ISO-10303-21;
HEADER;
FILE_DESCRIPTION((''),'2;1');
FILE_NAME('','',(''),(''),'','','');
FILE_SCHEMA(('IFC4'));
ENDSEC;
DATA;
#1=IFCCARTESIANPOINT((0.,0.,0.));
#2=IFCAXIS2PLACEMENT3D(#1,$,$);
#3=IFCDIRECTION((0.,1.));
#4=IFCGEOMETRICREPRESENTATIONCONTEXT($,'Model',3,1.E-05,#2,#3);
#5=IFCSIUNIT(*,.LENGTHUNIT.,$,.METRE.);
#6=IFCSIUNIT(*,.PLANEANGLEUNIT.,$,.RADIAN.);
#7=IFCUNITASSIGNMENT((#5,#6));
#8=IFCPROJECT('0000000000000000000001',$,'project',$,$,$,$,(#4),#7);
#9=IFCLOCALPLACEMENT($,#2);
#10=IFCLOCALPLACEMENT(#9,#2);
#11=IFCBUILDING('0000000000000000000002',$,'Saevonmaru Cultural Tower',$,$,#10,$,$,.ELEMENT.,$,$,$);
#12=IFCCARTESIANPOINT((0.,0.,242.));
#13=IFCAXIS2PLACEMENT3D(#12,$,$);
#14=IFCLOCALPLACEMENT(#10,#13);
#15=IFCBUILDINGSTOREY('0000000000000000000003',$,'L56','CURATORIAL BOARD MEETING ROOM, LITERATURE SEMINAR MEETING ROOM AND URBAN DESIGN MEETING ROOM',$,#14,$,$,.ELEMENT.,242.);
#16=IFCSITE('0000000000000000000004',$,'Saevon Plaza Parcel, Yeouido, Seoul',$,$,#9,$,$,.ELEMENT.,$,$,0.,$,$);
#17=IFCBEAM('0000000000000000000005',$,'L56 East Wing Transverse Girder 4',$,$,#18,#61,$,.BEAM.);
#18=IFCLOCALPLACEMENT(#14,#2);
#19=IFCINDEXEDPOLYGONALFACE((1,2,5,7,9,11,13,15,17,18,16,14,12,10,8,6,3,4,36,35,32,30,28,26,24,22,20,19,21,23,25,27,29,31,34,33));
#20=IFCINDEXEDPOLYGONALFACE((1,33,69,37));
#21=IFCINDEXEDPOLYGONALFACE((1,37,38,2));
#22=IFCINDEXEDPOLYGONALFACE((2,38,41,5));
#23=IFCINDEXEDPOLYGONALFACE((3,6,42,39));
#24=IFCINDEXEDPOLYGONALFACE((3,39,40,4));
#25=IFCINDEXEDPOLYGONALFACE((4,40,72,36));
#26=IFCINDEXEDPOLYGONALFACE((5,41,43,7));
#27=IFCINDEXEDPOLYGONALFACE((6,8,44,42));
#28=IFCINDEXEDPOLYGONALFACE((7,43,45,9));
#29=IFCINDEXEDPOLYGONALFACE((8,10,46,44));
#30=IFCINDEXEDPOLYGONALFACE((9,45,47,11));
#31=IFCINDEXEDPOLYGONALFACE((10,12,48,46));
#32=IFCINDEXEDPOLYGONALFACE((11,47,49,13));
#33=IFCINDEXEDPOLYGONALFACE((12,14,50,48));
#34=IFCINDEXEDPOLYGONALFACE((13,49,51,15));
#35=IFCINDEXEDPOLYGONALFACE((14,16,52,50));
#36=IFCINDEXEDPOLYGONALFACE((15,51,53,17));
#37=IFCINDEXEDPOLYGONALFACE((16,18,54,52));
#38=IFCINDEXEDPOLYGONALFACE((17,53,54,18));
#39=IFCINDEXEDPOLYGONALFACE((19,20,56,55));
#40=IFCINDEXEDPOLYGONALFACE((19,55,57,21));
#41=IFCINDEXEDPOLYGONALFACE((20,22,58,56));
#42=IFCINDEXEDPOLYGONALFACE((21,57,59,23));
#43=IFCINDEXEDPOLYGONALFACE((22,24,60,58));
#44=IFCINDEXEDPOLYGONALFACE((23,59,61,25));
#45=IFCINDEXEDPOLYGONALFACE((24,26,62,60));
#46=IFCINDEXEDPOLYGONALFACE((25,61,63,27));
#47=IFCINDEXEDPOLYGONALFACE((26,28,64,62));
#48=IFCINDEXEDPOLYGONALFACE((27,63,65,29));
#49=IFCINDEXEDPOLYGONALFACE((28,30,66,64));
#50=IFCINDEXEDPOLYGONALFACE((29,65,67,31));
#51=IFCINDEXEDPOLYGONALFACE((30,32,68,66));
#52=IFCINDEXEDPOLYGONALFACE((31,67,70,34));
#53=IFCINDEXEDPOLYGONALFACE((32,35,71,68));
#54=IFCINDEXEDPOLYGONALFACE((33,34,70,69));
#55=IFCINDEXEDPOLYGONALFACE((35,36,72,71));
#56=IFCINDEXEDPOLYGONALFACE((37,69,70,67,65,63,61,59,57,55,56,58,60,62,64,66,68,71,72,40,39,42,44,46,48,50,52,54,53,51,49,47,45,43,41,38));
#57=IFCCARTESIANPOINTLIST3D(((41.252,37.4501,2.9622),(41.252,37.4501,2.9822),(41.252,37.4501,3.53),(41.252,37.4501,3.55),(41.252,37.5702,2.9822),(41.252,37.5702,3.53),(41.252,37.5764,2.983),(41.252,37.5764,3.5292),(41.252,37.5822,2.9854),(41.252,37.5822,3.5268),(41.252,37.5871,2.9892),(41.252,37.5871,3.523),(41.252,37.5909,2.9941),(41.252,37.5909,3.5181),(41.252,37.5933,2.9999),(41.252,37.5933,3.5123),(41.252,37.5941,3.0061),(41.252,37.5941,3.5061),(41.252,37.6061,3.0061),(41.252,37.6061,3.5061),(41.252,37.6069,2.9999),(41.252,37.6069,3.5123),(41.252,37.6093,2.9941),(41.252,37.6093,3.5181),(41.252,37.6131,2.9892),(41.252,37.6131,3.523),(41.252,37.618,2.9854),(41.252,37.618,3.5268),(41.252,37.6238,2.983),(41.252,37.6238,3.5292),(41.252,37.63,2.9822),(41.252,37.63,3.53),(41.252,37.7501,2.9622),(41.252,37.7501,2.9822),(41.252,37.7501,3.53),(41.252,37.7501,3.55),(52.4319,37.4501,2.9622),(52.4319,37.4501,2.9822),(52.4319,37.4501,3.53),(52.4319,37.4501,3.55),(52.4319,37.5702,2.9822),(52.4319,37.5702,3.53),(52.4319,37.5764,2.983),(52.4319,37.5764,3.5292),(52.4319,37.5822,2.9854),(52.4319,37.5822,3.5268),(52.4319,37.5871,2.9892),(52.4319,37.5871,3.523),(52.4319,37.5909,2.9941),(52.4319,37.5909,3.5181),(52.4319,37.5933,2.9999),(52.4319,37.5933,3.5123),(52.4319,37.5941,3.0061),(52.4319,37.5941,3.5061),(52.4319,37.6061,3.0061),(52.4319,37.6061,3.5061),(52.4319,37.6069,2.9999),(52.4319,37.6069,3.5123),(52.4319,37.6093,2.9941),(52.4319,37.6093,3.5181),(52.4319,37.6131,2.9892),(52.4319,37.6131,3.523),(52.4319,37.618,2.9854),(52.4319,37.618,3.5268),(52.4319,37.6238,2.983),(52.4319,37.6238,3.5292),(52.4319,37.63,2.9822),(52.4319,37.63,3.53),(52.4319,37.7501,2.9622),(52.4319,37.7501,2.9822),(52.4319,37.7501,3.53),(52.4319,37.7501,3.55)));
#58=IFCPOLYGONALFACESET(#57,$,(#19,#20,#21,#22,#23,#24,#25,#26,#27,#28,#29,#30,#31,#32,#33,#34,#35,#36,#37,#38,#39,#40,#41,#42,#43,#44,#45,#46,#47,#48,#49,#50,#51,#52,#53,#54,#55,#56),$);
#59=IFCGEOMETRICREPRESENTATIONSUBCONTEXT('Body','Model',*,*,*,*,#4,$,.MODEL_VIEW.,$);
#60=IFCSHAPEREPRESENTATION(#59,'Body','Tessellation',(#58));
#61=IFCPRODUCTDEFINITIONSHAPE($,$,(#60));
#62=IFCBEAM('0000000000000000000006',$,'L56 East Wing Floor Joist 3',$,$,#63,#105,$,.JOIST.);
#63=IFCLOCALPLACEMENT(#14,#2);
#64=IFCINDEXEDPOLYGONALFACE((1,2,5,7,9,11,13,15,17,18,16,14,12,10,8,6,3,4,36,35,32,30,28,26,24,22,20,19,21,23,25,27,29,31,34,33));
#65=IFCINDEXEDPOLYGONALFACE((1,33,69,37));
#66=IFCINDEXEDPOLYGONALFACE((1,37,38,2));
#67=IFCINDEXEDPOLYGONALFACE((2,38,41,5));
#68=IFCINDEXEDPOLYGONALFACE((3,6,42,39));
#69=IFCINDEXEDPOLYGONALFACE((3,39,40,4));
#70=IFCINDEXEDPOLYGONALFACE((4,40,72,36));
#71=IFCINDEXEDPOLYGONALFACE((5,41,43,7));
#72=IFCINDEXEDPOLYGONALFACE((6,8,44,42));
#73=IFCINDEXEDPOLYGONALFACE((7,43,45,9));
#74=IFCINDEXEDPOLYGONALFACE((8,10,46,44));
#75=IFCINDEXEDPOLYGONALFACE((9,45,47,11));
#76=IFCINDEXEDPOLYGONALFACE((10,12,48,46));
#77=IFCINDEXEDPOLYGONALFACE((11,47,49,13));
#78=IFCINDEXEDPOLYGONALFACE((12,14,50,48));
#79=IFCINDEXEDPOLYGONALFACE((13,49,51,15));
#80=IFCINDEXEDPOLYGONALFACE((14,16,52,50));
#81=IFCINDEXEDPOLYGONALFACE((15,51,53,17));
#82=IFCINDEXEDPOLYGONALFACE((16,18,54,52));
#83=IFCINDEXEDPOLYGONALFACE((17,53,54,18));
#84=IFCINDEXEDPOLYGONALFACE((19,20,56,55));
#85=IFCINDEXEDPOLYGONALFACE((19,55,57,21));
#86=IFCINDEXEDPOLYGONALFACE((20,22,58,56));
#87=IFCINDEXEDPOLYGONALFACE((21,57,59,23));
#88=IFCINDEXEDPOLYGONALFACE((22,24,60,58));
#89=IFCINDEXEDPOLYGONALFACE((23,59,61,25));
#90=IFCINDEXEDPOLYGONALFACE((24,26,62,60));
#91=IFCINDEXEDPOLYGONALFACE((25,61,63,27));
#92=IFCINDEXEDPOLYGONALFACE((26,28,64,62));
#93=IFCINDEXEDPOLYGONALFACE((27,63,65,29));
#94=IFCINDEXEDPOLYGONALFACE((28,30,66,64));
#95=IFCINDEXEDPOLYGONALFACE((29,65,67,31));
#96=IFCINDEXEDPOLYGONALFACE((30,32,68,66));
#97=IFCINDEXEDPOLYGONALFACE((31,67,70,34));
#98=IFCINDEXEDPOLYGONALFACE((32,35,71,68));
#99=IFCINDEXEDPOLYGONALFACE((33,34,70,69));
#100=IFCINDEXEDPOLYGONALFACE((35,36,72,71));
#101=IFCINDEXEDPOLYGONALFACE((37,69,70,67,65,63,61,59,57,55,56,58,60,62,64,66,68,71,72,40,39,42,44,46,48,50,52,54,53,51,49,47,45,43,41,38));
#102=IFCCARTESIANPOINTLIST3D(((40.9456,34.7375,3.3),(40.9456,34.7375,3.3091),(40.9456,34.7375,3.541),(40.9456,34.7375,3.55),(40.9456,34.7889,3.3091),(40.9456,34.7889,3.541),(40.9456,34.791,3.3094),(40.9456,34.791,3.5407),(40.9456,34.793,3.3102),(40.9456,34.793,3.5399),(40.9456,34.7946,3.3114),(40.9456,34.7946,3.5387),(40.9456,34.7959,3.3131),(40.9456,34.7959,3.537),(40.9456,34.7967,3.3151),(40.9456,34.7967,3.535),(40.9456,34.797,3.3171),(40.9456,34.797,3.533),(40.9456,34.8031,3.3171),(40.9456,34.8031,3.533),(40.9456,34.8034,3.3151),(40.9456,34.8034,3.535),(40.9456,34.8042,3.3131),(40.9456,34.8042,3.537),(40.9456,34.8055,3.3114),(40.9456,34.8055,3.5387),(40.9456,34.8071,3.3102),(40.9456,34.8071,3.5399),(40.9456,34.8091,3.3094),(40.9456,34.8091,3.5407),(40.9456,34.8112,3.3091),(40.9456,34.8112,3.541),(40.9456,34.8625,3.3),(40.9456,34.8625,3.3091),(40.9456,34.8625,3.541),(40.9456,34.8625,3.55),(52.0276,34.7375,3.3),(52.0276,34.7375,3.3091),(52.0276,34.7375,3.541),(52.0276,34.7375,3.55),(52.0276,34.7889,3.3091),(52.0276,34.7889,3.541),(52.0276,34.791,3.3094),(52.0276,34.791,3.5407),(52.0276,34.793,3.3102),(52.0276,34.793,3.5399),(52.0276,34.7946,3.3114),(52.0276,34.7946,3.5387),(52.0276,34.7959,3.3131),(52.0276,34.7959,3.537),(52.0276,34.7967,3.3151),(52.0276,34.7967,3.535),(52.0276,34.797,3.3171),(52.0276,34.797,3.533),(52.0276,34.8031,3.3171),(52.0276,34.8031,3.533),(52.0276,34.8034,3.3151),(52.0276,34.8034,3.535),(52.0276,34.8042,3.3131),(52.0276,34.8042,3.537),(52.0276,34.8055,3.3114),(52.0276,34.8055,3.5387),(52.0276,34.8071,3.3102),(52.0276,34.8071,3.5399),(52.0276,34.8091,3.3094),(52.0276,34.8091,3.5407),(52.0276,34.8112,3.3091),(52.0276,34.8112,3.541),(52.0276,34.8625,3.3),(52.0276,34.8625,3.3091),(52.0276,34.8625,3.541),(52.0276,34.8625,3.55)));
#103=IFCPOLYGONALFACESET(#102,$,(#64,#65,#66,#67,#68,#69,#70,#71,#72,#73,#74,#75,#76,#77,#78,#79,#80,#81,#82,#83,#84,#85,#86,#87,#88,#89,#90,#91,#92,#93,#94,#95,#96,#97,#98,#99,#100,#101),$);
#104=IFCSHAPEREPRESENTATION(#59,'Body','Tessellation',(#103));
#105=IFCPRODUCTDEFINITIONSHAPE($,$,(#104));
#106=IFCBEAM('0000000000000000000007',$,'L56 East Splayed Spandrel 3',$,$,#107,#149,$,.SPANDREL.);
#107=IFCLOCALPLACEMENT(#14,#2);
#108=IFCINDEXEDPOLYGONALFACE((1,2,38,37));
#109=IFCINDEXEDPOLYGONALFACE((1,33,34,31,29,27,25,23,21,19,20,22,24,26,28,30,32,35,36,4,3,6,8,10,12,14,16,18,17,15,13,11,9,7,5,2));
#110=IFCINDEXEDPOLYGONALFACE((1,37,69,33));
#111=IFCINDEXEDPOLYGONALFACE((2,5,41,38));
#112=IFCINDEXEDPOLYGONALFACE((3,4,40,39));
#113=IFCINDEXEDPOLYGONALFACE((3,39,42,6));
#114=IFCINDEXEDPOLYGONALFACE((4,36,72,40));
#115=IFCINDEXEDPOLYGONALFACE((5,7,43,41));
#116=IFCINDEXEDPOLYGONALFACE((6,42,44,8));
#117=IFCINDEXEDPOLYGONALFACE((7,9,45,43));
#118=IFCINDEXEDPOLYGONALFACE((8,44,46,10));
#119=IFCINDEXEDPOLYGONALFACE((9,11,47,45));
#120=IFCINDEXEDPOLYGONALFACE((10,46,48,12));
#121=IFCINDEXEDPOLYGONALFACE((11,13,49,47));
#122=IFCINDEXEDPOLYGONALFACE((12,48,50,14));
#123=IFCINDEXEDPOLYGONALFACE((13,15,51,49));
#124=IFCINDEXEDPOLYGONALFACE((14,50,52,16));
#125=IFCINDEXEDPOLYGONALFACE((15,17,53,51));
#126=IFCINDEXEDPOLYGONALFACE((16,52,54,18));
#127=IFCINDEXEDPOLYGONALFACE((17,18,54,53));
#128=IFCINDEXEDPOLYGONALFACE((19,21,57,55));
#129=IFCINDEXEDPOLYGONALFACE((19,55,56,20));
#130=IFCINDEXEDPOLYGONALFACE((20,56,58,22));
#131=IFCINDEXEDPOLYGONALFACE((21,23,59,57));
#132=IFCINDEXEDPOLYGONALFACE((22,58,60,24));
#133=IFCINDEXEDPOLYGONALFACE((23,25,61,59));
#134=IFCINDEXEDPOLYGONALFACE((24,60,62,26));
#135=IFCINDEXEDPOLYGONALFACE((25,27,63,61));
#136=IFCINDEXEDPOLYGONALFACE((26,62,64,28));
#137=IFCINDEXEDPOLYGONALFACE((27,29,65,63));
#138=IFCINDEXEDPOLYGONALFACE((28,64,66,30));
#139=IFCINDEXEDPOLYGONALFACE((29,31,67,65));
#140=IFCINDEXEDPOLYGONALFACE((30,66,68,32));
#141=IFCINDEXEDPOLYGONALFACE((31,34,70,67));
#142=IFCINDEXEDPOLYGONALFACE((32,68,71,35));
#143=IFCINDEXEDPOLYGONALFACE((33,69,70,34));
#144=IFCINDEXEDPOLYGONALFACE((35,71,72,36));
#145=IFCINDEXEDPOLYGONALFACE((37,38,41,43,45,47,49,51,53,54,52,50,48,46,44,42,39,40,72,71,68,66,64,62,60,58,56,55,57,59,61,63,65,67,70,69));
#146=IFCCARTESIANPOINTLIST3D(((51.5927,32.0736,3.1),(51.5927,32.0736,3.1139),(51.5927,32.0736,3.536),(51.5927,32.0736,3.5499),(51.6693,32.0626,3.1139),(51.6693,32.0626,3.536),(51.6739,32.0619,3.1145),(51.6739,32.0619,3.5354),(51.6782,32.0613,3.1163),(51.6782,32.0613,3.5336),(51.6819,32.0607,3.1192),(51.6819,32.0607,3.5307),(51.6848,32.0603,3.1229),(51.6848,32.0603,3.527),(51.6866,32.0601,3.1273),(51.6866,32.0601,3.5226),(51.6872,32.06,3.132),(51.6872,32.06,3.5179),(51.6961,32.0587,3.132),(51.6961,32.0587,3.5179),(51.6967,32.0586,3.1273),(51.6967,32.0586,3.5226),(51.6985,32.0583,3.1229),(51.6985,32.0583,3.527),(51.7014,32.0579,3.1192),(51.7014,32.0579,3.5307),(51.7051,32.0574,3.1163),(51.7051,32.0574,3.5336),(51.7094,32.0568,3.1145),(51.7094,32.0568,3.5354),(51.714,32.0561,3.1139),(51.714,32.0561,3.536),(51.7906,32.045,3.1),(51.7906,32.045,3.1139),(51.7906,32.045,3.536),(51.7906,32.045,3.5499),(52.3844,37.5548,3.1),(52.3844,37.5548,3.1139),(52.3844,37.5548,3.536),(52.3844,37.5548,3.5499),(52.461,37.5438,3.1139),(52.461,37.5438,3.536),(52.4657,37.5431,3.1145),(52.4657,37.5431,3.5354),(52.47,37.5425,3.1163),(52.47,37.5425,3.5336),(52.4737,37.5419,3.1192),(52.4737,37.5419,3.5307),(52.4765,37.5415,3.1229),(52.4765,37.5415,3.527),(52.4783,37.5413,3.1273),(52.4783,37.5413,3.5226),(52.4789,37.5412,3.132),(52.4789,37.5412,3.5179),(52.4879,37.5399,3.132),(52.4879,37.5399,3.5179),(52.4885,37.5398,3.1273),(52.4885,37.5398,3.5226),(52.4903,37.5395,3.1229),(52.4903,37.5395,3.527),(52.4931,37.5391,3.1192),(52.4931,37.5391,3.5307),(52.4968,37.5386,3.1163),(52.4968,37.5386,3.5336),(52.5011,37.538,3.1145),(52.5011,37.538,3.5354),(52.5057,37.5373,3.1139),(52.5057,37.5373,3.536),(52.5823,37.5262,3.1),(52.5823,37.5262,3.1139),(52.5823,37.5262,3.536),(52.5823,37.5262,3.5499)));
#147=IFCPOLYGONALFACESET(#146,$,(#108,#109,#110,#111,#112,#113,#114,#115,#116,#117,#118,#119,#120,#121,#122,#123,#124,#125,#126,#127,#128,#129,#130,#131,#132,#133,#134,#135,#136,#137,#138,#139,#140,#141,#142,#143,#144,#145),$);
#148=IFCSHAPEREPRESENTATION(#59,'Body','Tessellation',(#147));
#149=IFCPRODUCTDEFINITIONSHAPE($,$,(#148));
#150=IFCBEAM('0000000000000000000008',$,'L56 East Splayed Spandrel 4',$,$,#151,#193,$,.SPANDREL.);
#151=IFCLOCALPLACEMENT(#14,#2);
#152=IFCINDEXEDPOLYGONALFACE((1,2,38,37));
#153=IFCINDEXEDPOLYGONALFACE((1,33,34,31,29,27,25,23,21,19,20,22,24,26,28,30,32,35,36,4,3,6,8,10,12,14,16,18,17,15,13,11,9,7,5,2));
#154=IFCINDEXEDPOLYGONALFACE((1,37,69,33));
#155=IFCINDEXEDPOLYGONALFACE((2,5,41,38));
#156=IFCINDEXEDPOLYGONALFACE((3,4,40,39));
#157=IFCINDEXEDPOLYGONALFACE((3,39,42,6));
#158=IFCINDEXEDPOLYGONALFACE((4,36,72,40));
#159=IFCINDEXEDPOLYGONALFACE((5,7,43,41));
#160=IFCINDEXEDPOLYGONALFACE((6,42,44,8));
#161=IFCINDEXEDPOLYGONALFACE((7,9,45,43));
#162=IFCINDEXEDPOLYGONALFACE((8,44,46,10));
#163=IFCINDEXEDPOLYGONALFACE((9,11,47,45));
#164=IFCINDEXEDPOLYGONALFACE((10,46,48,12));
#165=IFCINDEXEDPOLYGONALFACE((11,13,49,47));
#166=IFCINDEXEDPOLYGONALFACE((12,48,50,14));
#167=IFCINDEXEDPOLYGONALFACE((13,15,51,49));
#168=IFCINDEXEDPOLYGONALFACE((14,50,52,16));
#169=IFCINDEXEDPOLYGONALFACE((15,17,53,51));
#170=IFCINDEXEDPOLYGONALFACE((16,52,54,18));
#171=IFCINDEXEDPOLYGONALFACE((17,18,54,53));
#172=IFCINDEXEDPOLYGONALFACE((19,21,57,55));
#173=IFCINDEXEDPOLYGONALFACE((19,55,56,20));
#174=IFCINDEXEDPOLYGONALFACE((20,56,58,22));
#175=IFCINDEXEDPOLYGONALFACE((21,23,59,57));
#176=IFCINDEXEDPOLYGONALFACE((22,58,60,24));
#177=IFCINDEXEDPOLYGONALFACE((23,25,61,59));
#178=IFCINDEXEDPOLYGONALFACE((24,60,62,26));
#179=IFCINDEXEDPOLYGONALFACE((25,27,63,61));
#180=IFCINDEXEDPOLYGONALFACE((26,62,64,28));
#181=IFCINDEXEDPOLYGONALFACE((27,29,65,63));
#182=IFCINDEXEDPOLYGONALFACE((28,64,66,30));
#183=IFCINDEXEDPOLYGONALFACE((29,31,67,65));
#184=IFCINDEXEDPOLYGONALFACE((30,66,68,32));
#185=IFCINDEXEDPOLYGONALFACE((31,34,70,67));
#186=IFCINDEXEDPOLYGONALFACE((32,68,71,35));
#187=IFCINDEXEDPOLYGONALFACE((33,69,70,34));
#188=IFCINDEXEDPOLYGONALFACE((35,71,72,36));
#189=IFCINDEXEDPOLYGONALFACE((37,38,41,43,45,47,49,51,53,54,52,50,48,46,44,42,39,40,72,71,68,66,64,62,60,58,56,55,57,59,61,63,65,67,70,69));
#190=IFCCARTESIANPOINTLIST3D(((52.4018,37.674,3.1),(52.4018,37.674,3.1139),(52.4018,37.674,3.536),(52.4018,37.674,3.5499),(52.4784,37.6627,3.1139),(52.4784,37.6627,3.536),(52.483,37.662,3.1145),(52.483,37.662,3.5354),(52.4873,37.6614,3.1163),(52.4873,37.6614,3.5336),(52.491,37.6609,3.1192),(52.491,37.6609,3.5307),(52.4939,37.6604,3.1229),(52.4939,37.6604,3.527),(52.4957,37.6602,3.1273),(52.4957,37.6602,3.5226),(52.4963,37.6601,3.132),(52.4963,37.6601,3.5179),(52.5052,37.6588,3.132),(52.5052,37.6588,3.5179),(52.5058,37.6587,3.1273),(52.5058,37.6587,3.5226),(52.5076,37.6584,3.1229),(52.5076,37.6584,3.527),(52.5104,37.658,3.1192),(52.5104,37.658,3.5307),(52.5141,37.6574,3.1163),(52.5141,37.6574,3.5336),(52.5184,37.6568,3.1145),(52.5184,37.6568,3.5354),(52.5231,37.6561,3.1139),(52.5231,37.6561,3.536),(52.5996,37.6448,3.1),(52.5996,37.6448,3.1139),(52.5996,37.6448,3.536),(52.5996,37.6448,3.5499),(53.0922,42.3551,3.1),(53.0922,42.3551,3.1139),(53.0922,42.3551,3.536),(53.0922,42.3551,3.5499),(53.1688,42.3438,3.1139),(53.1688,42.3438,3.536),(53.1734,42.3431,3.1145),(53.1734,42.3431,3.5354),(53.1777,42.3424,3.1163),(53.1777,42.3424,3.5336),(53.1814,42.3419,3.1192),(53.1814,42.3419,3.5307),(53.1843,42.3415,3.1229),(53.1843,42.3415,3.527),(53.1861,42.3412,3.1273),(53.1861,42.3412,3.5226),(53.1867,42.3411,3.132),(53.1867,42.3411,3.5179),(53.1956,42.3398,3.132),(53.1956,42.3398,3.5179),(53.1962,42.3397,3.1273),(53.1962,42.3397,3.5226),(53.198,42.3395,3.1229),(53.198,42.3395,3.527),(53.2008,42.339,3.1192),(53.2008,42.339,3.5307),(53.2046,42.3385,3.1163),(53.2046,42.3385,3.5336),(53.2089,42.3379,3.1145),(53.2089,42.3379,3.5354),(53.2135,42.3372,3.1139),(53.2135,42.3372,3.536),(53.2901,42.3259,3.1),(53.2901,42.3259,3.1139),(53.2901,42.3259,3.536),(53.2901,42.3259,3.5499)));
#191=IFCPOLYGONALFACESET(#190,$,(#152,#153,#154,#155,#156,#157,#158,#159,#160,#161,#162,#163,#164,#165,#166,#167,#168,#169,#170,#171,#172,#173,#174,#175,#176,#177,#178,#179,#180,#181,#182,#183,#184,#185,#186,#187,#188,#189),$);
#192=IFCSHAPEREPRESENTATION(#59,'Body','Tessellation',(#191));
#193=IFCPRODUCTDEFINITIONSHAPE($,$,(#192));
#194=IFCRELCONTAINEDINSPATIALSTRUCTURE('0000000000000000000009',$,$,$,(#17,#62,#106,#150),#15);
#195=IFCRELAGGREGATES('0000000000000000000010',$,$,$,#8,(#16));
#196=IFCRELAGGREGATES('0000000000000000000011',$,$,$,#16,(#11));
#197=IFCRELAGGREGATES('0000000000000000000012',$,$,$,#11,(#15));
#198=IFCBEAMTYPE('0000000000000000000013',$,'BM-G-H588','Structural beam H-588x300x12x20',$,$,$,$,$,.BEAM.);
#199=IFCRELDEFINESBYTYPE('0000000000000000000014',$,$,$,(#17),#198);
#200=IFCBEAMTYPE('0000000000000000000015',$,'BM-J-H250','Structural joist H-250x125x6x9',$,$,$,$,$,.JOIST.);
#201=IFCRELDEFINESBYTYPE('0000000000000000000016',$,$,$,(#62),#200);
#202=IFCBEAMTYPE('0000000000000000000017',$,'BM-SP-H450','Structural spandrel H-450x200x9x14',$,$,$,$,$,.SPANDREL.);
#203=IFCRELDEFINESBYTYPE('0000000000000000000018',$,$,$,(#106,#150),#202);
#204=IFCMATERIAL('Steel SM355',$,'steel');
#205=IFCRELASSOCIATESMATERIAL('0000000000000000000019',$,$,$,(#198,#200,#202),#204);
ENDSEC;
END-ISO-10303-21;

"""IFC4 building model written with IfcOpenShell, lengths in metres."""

from ifc_helpers import new_model, si_unit, direction, frame, origin, origin_2d, place, context, subcontext, project, spatial, i_section, extrude, material, material_profile, profile_set, type_object, element, save


model = new_model("IFC4")

# Units and contexts
model_context = context("Model", 3, precision=1e-05, world=origin(), true_north=direction((0.0, 1.0)))
body_context = subcontext(model_context, "Body", "Model", "MODEL_VIEW")
ifc_project = project(units=[si_unit("LENGTHUNIT", "METRE"), si_unit("PLANEANGLEUNIT", "RADIAN")], contexts=[model_context])

# Site, building, storey
site_placement = place(None, origin())
site = spatial("IfcSite", under=ifc_project, at=site_placement, Name="Saevon Plaza Parcel, Yeouido, Seoul", CompositionType="ELEMENT", RefElevation=0.0)
building_placement = place(site_placement, origin())
building = spatial("IfcBuilding", under=site, at=building_placement, Name="Saevonmaru Cultural Tower", CompositionType="ELEMENT")
storey_placement = place(building_placement, frame((0.0, 0.0, 242.0)))
storey = spatial("IfcBuildingStorey", under=building, at=storey_placement, Name="L56", Description="CURATORIAL BOARD MEETING ROOM, LITERATURE SEMINAR MEETING ROOM AND URBAN DESIGN MEETING ROOM", CompositionType="ELEMENT", Elevation=242.0)

# Shared definitions
ifc_material_1 = material(Name="Steel SM355", Category="steel")

# Beams
ifc_material_profile_1 = material_profile(ifc_material_1, i_section(OverallWidth=0.3, OverallDepth=0.5879, WebThickness=0.012, FlangeThickness=0.02, FilletRadius=0.0239, at=origin_2d()), Name="H-588x300x12x20")
ifc_profile_set_1 = profile_set([ifc_material_profile_1], Name="Steel SM355")
beam_type_1 = type_object("IfcBeamType", Name="BM-G-H588", Description="Structural beam H-588x300x12x20", PredefinedType="BEAM", material=ifc_profile_set_1)
for number, where, z_axis, x_axis, name in (
    (1, (41.252, 37.6001, 3.2561), (1.0, 0.0, 0.0), (0.0, 1.0, 0.0), "L56 East Wing Transverse Girder 4"),
):
    element("IfcBeam", number, at=place(storey_placement, frame(where, z_axis=z_axis, x_axis=x_axis)), inside=storey, type_object=beam_type_1, Name=name, PredefinedType="BEAM", context=body_context, shape_type="SweptSolid", body=[
        extrude(i_section(OverallWidth=0.3, OverallDepth=0.5879, WebThickness=0.012, FlangeThickness=0.02, FilletRadius=0.0239, at=origin_2d()), origin(), (0.0, 0.0, 1.0), 11.1799),
    ])
ifc_material_profile_2 = material_profile(ifc_material_1, i_section(OverallWidth=0.125, OverallDepth=0.25, WebThickness=0.0061, FlangeThickness=0.009, FilletRadius=0.0081, at=origin_2d()), Name="H-250x125x6x9")
ifc_profile_set_2 = profile_set([ifc_material_profile_2], Name="Steel SM355")
beam_type_2 = type_object("IfcBeamType", Name="BM-J-H250", Description="Structural joist H-250x125x6x9", PredefinedType="JOIST", material=ifc_profile_set_2)
beam_1_placement = place(storey_placement, frame((40.9456, 34.8, 3.425), z_axis=(1.0, 0.0, 0.0), x_axis=(0.0, 1.0, 0.0)))
element("IfcBeam", 2, at=beam_1_placement, inside=storey, type_object=beam_type_2, Name="L56 East Wing Floor Joist 3", PredefinedType="JOIST", context=body_context, shape_type="SweptSolid", body=[
    extrude(i_section(OverallWidth=0.125, OverallDepth=0.25, WebThickness=0.0061, FlangeThickness=0.009, FilletRadius=0.0081, at=origin_2d()), origin(), (0.0, 0.0, 1.0), 11.082),
])
ifc_material_profile_3 = material_profile(ifc_material_1, i_section(OverallWidth=0.2, OverallDepth=0.45, WebThickness=0.009, FlangeThickness=0.0139, FilletRadius=0.0181, at=origin_2d()), Name="H-450x200x9x14")
ifc_profile_set_3 = profile_set([ifc_material_profile_3], Name="Steel SM355")
beam_type_3 = type_object("IfcBeamType", Name="BM-SP-H450", Description="Structural spandrel H-450x200x9x14", PredefinedType="SPANDREL", material=ifc_profile_set_3)
beam_2_placement = place(storey_placement, frame((51.6917, 32.0593, 3.325), z_axis=(0.142964, 0.989728, 0.0), x_axis=(-0.989728, 0.142964, 0.0)))
element("IfcBeam", 3, at=beam_2_placement, inside=storey, type_object=beam_type_3, Name="L56 East Splayed Spandrel 3", PredefinedType="SPANDREL", context=body_context, shape_type="SweptSolid", body=[
    extrude(i_section(OverallWidth=0.2, OverallDepth=0.45, WebThickness=0.009, FlangeThickness=0.0139, FilletRadius=0.0181, at=origin_2d()), origin(), (0.0, 0.0, 1.0), 5.5381),
])
beam_3_placement = place(storey_placement, frame((52.5007, 37.6594, 3.325), z_axis=(0.145913, 0.989297, 0.0), x_axis=(-0.989297, 0.145913, 0.0)))
element("IfcBeam", 4, at=beam_3_placement, inside=storey, type_object=beam_type_3, Name="L56 East Splayed Spandrel 4", PredefinedType="SPANDREL", context=body_context, shape_type="SweptSolid", body=[
    extrude(i_section(OverallWidth=0.2, OverallDepth=0.45, WebThickness=0.009, FlangeThickness=0.0139, FilletRadius=0.0181, at=origin_2d()), origin(), (0.0, 0.0, 1.0), 4.7317),
])

save(model, "model.ifc")
